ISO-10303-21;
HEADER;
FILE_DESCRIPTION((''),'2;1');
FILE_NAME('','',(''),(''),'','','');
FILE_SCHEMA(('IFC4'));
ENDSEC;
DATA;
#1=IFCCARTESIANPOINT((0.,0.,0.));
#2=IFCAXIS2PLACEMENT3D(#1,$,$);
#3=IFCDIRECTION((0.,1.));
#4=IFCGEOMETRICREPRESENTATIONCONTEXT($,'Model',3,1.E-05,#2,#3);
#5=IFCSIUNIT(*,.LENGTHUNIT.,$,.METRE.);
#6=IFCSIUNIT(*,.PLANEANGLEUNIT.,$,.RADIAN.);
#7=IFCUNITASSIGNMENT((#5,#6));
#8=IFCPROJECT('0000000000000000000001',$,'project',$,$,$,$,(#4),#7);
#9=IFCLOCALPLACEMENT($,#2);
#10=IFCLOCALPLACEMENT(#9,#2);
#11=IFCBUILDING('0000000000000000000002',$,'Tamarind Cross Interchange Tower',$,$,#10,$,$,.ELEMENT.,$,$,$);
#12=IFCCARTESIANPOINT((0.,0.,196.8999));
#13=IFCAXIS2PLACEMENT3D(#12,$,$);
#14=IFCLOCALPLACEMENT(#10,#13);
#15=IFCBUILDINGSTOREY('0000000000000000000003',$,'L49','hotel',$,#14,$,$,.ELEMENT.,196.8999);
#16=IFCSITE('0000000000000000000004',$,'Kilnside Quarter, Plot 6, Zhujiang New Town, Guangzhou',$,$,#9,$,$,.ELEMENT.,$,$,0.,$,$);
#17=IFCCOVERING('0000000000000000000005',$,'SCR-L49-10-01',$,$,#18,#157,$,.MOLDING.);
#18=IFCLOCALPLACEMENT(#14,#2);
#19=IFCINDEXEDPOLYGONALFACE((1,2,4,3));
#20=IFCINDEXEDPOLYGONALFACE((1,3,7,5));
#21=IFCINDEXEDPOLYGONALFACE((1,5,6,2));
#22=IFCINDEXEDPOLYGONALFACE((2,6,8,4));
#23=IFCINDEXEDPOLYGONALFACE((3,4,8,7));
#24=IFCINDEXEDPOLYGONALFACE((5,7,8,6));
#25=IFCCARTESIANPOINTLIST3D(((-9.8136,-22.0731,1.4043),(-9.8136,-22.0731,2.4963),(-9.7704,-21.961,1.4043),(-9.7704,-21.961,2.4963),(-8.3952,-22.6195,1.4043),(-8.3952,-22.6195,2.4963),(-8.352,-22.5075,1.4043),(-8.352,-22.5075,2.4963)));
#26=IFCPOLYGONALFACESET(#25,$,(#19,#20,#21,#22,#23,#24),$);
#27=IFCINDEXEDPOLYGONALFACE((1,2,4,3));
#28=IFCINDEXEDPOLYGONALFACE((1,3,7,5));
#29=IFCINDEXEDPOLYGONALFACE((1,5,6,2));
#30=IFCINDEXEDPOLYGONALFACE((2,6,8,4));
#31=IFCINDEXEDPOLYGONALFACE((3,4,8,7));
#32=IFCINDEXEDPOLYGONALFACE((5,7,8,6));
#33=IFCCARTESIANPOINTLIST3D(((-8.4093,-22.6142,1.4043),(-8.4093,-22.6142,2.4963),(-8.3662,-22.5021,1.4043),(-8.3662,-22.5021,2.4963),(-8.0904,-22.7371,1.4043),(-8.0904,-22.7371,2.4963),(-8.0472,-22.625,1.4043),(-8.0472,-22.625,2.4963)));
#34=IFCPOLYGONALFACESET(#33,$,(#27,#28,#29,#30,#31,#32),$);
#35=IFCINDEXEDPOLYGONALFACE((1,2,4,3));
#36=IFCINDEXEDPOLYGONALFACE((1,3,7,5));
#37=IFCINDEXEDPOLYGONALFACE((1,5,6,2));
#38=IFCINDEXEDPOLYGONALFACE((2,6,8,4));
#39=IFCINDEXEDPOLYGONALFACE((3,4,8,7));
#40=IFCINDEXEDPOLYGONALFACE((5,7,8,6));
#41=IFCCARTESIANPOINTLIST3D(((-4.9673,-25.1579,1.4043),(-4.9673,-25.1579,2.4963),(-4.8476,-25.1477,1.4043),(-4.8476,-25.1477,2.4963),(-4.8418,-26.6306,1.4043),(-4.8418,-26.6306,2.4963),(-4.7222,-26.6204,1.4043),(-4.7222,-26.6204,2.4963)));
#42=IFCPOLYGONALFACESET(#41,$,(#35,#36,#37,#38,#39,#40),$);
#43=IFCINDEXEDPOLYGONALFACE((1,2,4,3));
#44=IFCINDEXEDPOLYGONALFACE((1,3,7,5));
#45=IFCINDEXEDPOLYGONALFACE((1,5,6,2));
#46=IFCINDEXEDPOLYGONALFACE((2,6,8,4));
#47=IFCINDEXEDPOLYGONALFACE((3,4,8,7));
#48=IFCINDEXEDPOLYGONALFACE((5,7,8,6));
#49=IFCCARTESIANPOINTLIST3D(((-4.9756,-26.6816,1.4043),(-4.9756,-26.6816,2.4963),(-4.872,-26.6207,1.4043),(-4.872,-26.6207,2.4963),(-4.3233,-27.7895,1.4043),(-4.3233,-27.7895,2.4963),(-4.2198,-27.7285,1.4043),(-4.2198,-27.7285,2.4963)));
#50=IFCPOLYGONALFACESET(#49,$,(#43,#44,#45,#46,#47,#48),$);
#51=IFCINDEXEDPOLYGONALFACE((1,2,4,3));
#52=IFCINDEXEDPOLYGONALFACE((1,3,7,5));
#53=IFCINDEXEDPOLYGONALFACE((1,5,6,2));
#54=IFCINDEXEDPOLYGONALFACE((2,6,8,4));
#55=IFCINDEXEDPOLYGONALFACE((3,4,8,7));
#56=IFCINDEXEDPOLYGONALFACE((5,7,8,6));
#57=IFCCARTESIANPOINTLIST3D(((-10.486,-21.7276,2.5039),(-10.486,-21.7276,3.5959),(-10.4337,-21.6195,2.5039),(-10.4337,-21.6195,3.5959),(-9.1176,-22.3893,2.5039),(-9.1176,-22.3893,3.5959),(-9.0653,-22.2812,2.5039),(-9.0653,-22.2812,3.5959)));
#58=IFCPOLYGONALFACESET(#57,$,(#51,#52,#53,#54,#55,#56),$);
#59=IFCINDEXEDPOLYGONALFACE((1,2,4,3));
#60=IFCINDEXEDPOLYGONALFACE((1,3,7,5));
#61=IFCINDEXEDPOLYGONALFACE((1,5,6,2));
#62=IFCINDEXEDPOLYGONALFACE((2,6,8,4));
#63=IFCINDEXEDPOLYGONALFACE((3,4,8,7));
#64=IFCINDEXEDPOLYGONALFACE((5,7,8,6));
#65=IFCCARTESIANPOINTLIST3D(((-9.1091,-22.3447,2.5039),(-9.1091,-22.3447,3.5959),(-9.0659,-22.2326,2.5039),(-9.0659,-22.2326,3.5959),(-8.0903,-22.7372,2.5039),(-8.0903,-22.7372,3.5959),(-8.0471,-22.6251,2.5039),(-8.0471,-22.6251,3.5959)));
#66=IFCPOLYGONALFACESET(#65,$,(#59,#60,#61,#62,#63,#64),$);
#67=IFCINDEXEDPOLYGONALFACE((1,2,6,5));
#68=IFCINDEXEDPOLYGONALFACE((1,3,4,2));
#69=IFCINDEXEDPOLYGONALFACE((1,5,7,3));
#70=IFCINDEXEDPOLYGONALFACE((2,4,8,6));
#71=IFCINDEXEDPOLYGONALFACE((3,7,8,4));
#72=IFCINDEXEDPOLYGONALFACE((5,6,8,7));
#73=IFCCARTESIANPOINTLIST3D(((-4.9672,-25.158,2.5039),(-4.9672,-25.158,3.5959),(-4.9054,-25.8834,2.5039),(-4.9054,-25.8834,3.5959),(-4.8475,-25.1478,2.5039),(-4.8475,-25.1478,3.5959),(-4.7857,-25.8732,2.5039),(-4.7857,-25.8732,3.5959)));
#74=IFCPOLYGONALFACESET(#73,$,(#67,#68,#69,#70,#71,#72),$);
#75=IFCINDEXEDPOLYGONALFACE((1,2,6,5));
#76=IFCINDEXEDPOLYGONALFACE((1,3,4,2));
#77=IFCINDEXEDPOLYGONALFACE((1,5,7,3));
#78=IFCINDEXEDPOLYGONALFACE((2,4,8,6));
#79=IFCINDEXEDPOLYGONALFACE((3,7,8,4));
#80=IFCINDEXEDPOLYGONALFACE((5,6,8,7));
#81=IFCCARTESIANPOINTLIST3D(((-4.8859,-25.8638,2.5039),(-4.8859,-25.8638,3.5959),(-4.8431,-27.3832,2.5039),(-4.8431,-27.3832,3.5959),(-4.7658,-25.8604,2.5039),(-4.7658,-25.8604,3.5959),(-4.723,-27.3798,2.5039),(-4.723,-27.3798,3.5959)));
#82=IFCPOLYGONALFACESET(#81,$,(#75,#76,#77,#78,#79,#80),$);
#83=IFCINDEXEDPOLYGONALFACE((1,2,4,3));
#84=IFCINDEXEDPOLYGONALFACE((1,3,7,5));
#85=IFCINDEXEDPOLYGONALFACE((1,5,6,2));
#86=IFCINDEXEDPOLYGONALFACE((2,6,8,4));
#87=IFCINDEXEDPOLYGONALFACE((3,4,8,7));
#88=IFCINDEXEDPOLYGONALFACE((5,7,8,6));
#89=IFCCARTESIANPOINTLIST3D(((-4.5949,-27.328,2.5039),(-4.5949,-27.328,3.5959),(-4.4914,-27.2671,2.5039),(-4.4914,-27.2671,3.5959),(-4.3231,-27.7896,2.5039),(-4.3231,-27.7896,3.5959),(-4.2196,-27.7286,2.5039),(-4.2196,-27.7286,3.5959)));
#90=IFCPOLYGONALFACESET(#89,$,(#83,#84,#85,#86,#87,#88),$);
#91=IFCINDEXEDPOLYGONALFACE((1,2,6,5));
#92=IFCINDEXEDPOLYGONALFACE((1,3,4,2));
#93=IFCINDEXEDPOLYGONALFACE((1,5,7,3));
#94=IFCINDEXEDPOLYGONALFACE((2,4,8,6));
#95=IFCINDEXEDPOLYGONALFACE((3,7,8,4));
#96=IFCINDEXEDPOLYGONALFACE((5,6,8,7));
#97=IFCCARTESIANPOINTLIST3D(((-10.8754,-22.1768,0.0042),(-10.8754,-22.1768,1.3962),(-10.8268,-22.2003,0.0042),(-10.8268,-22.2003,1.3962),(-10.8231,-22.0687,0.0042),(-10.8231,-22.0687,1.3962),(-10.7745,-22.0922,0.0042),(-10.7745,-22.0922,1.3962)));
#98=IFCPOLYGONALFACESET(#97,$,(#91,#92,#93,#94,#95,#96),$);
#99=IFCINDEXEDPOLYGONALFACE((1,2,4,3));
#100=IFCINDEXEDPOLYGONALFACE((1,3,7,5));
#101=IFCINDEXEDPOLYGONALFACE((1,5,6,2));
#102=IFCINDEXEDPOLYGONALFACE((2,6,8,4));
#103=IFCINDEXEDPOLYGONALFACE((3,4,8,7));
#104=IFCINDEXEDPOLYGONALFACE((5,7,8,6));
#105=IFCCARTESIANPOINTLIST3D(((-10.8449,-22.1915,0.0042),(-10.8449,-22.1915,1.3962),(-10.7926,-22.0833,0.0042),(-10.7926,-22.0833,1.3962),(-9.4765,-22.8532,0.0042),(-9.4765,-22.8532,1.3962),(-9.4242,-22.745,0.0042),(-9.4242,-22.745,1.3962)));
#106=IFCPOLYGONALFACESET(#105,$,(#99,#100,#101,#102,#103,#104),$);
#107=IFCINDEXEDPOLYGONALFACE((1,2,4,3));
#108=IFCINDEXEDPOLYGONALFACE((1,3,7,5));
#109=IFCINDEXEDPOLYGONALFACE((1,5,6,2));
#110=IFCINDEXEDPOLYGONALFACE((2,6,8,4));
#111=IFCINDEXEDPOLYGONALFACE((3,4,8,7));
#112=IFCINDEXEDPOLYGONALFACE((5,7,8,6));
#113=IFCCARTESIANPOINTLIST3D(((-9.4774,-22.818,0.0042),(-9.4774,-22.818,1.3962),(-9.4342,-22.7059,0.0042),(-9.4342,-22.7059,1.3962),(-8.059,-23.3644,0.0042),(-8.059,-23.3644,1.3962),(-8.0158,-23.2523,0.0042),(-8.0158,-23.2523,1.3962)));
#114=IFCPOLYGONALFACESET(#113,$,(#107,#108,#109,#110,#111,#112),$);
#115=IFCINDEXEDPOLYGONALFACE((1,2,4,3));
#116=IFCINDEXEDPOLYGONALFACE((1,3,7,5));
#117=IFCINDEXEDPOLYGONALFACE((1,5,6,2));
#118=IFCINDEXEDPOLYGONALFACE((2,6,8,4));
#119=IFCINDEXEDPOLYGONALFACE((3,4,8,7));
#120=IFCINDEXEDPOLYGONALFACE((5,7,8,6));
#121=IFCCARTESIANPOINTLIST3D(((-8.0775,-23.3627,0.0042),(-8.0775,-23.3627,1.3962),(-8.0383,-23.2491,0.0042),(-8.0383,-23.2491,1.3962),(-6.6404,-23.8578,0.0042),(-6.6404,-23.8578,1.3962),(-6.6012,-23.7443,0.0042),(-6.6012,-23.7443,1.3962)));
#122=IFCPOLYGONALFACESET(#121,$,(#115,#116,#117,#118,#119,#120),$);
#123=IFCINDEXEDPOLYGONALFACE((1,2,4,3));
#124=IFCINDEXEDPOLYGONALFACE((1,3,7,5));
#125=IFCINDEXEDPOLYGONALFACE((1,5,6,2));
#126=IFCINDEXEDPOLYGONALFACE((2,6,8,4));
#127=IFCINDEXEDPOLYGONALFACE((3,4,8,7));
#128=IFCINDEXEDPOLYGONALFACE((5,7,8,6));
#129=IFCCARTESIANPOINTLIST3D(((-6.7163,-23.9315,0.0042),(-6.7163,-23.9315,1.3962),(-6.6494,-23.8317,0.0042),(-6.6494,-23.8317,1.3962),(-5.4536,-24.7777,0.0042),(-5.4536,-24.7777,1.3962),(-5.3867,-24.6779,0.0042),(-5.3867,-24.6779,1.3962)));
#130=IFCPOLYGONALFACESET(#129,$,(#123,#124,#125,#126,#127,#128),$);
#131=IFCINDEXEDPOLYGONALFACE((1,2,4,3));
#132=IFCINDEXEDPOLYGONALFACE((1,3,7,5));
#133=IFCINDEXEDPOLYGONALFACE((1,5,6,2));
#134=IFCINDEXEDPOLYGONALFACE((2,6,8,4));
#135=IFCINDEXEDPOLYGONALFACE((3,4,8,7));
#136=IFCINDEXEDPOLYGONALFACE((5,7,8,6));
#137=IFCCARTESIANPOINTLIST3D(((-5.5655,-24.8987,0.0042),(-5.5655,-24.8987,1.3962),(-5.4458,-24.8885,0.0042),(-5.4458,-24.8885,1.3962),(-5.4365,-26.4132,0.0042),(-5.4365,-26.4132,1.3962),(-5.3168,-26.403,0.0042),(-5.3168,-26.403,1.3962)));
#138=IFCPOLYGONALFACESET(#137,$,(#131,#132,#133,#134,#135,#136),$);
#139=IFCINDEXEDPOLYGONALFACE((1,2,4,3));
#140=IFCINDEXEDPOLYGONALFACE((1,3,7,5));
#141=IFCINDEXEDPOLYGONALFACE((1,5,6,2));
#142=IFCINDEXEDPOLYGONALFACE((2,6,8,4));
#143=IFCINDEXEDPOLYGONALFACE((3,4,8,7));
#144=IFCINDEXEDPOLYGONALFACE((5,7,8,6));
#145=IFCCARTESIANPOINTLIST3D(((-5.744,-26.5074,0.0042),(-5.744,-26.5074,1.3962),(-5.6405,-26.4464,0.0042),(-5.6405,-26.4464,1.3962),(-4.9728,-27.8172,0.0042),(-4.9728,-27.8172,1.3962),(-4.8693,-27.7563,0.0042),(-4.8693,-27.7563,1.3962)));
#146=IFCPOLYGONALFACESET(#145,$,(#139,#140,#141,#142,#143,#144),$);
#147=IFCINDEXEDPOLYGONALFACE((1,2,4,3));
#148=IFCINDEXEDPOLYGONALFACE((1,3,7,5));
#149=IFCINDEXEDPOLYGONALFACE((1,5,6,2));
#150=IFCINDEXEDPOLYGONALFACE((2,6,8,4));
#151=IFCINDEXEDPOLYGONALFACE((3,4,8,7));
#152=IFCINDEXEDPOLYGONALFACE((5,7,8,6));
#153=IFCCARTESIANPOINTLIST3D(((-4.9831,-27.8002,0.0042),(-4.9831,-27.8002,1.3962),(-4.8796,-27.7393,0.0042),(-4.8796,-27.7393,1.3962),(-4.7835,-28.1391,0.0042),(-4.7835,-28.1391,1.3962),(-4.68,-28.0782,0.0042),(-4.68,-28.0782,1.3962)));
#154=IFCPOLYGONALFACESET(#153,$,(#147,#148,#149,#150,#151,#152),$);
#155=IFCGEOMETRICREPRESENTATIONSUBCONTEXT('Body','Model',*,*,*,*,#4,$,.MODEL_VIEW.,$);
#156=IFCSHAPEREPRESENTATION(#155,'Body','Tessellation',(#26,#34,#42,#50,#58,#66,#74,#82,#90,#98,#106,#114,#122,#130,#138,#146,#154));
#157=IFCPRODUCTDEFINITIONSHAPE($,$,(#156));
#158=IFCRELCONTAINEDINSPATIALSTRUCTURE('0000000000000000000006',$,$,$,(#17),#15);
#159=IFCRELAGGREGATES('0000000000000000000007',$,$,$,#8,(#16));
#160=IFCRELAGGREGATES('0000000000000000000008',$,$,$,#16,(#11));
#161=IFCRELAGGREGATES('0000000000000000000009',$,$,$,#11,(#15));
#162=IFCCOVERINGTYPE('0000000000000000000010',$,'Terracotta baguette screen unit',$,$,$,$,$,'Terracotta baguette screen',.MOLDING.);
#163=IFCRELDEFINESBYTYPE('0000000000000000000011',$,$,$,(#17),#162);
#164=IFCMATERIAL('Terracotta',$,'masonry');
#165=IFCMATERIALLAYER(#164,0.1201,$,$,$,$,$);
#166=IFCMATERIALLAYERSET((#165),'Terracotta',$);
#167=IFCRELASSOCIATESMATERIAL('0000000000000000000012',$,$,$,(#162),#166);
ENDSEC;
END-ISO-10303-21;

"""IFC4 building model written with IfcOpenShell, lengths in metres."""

from ifc_helpers import new_model, si_unit, direction, frame, origin, origin_2d, place, context, subcontext, project, spatial, rectangle, extrude, material, layer, layer_set, type_object, element, save


model = new_model("IFC4")

# Units and contexts
model_context = context("Model", 3, precision=1e-05, world=origin(), true_north=direction((0.0, 1.0)))
body_context = subcontext(model_context, "Body", "Model", "MODEL_VIEW")
ifc_project = project(units=[si_unit("LENGTHUNIT", "METRE"), si_unit("PLANEANGLEUNIT", "RADIAN")], contexts=[model_context])

# Site, building, storey
site_placement = place(None, origin())
site = spatial("IfcSite", under=ifc_project, at=site_placement, Name="Kilnside Quarter, Plot 6, Zhujiang New Town, Guangzhou", CompositionType="ELEMENT", RefElevation=0.0)
building_placement = place(site_placement, origin())
building = spatial("IfcBuilding", under=site, at=building_placement, Name="Tamarind Cross Interchange Tower", CompositionType="ELEMENT")
storey_placement = place(building_placement, frame((0.0, 0.0, 196.8999)))
storey = spatial("IfcBuildingStorey", under=building, at=storey_placement, Name="L49", Description="hotel", CompositionType="ELEMENT", Elevation=196.8999)

# Covering
ifc_material_1 = material(Name="Terracotta", Category="masonry")
ifc_layer_1 = layer(ifc_material_1, 0.1201)
ifc_layer_set_1 = layer_set([ifc_layer_1], Name="Terracotta")
covering_type = type_object("IfcCoveringType", Name="Terracotta baguette screen unit", ElementType="Terracotta baguette screen", PredefinedType="MOLDING", material=ifc_layer_set_1)
covering_1_placement = place(storey_placement, origin())
element("IfcCovering", 1, at=covering_1_placement, inside=storey, type_object=covering_type, Name="SCR-L49-10-01", PredefinedType="MOLDING", context=body_context, shape_type="SweptSolid", body=[
    extrude(rectangle(XDim=1.52, YDim=0.1201, at=origin_2d()), frame((-9.0828, -22.2903, 1.4043), z_axis=(0.0, 0.0, 1.0), x_axis=(0.933147, -0.359495, 0.0)), (0.0, 0.0, 1.0), 1.092),
    extrude(rectangle(XDim=0.3418, YDim=0.1201, at=origin_2d()), frame((-8.2283, -22.6196, 1.4043), z_axis=(0.0, 0.0, 1.0), x_axis=(0.933147, -0.359495, 0.0)), (0.0, 0.0, 1.0), 1.092),
    extrude(rectangle(XDim=1.478, YDim=0.1201, at=origin_2d()), frame((-4.8447, -25.8892, 1.4043), z_axis=(0.0, 0.0, 1.0), x_axis=(0.084883, -0.996391, 0.0)), (0.0, 0.0, 1.0), 1.092),
    extrude(rectangle(XDim=1.2856, YDim=0.1201, at=origin_2d()), frame((-4.5977, -27.2051, 1.4043), z_axis=(0.0, 0.0, 1.0), x_axis=(0.507368, -0.861729, 0.0)), (0.0, 0.0, 1.0), 1.092),
    extrude(rectangle(XDim=1.52, YDim=0.1201, at=origin_2d()), frame((-9.7756, -22.0044, 2.5039), z_axis=(0.0, 0.0, 1.0), x_axis=(0.900273, -0.435326, 0.0)), (0.0, 0.0, 1.0), 1.092),
    extrude(rectangle(XDim=1.0918, YDim=0.1201, at=origin_2d()), frame((-8.5781, -22.4849, 2.5039), z_axis=(0.0, 0.0, 1.0), x_axis=(0.933147, -0.359495, 0.0)), (0.0, 0.0, 1.0), 1.092),
    extrude(rectangle(XDim=0.728, YDim=0.1201, at=origin_2d()), frame((-4.8765, -25.5156, 2.5039), z_axis=(0.0, 0.0, 1.0), x_axis=(0.084883, -0.996391, 0.0)), (0.0, 0.0, 1.0), 1.092),
    extrude(rectangle(XDim=1.52, YDim=0.1201, at=origin_2d()), frame((-4.8044, -26.6218, 2.5039), z_axis=(0.0, 0.0, 1.0), x_axis=(0.028152, -0.999604, 0.0)), (0.0, 0.0, 1.0), 1.092),
    extrude(rectangle(XDim=0.5356, YDim=0.1201, at=origin_2d()), frame((-4.4072, -27.5283, 2.5039), z_axis=(0.0, 0.0, 1.0), x_axis=(0.507368, -0.861729, 0.0)), (0.0, 0.0, 1.0), 1.092),
    extrude(rectangle(XDim=0.054, YDim=0.1201, at=origin_2d()), frame((-10.825, -22.1345, 0.0042), z_axis=(0.0, 0.0, 1.0), x_axis=(0.900273, -0.435326, 0.0)), (0.0, 0.0, 1.0), 1.3921),
    extrude(rectangle(XDim=1.52, YDim=0.1201, at=origin_2d()), frame((-10.1345, -22.4683, 0.0042), z_axis=(0.0, 0.0, 1.0), x_axis=(0.900273, -0.435326, 0.0)), (0.0, 0.0, 1.0), 1.3921),
    extrude(rectangle(XDim=1.52, YDim=0.1201, at=origin_2d()), frame((-8.7466, -23.0352, 0.0042), z_axis=(0.0, 0.0, 1.0), x_axis=(0.933147, -0.359495, 0.0)), (0.0, 0.0, 1.0), 1.3921),
    extrude(rectangle(XDim=1.52, YDim=0.1201, at=origin_2d()), frame((-7.3394, -23.5535, 0.0042), z_axis=(0.0, 0.0, 1.0), x_axis=(0.945447, -0.325777, 0.0)), (0.0, 0.0, 1.0), 1.3921),
    extrude(rectangle(XDim=1.52, YDim=0.1201, at=origin_2d()), frame((-6.0515, -24.3047, 0.0042), z_axis=(0.0, 0.0, 1.0), x_axis=(0.830712, -0.556702, 0.0)), (0.0, 0.0, 1.0), 1.3921),
    extrude(rectangle(XDim=1.52, YDim=0.1201, at=origin_2d()), frame((-5.4412, -25.6509, 0.0042), z_axis=(0.0, 0.0, 1.0), x_axis=(0.084883, -0.996391, 0.0)), (0.0, 0.0, 1.0), 1.3921),
    extrude(rectangle(XDim=1.52, YDim=0.1201, at=origin_2d()), frame((-5.3066, -27.1318, 0.0042), z_axis=(0.0, 0.0, 1.0), x_axis=(0.507368, -0.861729, 0.0)), (0.0, 0.0, 1.0), 1.3921),
    extrude(rectangle(XDim=0.3933, YDim=0.1201, at=origin_2d()), frame((-4.8315, -27.9392, 0.0042), z_axis=(0.0, 0.0, 1.0), x_axis=(0.507368, -0.861729, 0.0)), (0.0, 0.0, 1.0), 1.3921),
])

save(model, "model.ifc")
